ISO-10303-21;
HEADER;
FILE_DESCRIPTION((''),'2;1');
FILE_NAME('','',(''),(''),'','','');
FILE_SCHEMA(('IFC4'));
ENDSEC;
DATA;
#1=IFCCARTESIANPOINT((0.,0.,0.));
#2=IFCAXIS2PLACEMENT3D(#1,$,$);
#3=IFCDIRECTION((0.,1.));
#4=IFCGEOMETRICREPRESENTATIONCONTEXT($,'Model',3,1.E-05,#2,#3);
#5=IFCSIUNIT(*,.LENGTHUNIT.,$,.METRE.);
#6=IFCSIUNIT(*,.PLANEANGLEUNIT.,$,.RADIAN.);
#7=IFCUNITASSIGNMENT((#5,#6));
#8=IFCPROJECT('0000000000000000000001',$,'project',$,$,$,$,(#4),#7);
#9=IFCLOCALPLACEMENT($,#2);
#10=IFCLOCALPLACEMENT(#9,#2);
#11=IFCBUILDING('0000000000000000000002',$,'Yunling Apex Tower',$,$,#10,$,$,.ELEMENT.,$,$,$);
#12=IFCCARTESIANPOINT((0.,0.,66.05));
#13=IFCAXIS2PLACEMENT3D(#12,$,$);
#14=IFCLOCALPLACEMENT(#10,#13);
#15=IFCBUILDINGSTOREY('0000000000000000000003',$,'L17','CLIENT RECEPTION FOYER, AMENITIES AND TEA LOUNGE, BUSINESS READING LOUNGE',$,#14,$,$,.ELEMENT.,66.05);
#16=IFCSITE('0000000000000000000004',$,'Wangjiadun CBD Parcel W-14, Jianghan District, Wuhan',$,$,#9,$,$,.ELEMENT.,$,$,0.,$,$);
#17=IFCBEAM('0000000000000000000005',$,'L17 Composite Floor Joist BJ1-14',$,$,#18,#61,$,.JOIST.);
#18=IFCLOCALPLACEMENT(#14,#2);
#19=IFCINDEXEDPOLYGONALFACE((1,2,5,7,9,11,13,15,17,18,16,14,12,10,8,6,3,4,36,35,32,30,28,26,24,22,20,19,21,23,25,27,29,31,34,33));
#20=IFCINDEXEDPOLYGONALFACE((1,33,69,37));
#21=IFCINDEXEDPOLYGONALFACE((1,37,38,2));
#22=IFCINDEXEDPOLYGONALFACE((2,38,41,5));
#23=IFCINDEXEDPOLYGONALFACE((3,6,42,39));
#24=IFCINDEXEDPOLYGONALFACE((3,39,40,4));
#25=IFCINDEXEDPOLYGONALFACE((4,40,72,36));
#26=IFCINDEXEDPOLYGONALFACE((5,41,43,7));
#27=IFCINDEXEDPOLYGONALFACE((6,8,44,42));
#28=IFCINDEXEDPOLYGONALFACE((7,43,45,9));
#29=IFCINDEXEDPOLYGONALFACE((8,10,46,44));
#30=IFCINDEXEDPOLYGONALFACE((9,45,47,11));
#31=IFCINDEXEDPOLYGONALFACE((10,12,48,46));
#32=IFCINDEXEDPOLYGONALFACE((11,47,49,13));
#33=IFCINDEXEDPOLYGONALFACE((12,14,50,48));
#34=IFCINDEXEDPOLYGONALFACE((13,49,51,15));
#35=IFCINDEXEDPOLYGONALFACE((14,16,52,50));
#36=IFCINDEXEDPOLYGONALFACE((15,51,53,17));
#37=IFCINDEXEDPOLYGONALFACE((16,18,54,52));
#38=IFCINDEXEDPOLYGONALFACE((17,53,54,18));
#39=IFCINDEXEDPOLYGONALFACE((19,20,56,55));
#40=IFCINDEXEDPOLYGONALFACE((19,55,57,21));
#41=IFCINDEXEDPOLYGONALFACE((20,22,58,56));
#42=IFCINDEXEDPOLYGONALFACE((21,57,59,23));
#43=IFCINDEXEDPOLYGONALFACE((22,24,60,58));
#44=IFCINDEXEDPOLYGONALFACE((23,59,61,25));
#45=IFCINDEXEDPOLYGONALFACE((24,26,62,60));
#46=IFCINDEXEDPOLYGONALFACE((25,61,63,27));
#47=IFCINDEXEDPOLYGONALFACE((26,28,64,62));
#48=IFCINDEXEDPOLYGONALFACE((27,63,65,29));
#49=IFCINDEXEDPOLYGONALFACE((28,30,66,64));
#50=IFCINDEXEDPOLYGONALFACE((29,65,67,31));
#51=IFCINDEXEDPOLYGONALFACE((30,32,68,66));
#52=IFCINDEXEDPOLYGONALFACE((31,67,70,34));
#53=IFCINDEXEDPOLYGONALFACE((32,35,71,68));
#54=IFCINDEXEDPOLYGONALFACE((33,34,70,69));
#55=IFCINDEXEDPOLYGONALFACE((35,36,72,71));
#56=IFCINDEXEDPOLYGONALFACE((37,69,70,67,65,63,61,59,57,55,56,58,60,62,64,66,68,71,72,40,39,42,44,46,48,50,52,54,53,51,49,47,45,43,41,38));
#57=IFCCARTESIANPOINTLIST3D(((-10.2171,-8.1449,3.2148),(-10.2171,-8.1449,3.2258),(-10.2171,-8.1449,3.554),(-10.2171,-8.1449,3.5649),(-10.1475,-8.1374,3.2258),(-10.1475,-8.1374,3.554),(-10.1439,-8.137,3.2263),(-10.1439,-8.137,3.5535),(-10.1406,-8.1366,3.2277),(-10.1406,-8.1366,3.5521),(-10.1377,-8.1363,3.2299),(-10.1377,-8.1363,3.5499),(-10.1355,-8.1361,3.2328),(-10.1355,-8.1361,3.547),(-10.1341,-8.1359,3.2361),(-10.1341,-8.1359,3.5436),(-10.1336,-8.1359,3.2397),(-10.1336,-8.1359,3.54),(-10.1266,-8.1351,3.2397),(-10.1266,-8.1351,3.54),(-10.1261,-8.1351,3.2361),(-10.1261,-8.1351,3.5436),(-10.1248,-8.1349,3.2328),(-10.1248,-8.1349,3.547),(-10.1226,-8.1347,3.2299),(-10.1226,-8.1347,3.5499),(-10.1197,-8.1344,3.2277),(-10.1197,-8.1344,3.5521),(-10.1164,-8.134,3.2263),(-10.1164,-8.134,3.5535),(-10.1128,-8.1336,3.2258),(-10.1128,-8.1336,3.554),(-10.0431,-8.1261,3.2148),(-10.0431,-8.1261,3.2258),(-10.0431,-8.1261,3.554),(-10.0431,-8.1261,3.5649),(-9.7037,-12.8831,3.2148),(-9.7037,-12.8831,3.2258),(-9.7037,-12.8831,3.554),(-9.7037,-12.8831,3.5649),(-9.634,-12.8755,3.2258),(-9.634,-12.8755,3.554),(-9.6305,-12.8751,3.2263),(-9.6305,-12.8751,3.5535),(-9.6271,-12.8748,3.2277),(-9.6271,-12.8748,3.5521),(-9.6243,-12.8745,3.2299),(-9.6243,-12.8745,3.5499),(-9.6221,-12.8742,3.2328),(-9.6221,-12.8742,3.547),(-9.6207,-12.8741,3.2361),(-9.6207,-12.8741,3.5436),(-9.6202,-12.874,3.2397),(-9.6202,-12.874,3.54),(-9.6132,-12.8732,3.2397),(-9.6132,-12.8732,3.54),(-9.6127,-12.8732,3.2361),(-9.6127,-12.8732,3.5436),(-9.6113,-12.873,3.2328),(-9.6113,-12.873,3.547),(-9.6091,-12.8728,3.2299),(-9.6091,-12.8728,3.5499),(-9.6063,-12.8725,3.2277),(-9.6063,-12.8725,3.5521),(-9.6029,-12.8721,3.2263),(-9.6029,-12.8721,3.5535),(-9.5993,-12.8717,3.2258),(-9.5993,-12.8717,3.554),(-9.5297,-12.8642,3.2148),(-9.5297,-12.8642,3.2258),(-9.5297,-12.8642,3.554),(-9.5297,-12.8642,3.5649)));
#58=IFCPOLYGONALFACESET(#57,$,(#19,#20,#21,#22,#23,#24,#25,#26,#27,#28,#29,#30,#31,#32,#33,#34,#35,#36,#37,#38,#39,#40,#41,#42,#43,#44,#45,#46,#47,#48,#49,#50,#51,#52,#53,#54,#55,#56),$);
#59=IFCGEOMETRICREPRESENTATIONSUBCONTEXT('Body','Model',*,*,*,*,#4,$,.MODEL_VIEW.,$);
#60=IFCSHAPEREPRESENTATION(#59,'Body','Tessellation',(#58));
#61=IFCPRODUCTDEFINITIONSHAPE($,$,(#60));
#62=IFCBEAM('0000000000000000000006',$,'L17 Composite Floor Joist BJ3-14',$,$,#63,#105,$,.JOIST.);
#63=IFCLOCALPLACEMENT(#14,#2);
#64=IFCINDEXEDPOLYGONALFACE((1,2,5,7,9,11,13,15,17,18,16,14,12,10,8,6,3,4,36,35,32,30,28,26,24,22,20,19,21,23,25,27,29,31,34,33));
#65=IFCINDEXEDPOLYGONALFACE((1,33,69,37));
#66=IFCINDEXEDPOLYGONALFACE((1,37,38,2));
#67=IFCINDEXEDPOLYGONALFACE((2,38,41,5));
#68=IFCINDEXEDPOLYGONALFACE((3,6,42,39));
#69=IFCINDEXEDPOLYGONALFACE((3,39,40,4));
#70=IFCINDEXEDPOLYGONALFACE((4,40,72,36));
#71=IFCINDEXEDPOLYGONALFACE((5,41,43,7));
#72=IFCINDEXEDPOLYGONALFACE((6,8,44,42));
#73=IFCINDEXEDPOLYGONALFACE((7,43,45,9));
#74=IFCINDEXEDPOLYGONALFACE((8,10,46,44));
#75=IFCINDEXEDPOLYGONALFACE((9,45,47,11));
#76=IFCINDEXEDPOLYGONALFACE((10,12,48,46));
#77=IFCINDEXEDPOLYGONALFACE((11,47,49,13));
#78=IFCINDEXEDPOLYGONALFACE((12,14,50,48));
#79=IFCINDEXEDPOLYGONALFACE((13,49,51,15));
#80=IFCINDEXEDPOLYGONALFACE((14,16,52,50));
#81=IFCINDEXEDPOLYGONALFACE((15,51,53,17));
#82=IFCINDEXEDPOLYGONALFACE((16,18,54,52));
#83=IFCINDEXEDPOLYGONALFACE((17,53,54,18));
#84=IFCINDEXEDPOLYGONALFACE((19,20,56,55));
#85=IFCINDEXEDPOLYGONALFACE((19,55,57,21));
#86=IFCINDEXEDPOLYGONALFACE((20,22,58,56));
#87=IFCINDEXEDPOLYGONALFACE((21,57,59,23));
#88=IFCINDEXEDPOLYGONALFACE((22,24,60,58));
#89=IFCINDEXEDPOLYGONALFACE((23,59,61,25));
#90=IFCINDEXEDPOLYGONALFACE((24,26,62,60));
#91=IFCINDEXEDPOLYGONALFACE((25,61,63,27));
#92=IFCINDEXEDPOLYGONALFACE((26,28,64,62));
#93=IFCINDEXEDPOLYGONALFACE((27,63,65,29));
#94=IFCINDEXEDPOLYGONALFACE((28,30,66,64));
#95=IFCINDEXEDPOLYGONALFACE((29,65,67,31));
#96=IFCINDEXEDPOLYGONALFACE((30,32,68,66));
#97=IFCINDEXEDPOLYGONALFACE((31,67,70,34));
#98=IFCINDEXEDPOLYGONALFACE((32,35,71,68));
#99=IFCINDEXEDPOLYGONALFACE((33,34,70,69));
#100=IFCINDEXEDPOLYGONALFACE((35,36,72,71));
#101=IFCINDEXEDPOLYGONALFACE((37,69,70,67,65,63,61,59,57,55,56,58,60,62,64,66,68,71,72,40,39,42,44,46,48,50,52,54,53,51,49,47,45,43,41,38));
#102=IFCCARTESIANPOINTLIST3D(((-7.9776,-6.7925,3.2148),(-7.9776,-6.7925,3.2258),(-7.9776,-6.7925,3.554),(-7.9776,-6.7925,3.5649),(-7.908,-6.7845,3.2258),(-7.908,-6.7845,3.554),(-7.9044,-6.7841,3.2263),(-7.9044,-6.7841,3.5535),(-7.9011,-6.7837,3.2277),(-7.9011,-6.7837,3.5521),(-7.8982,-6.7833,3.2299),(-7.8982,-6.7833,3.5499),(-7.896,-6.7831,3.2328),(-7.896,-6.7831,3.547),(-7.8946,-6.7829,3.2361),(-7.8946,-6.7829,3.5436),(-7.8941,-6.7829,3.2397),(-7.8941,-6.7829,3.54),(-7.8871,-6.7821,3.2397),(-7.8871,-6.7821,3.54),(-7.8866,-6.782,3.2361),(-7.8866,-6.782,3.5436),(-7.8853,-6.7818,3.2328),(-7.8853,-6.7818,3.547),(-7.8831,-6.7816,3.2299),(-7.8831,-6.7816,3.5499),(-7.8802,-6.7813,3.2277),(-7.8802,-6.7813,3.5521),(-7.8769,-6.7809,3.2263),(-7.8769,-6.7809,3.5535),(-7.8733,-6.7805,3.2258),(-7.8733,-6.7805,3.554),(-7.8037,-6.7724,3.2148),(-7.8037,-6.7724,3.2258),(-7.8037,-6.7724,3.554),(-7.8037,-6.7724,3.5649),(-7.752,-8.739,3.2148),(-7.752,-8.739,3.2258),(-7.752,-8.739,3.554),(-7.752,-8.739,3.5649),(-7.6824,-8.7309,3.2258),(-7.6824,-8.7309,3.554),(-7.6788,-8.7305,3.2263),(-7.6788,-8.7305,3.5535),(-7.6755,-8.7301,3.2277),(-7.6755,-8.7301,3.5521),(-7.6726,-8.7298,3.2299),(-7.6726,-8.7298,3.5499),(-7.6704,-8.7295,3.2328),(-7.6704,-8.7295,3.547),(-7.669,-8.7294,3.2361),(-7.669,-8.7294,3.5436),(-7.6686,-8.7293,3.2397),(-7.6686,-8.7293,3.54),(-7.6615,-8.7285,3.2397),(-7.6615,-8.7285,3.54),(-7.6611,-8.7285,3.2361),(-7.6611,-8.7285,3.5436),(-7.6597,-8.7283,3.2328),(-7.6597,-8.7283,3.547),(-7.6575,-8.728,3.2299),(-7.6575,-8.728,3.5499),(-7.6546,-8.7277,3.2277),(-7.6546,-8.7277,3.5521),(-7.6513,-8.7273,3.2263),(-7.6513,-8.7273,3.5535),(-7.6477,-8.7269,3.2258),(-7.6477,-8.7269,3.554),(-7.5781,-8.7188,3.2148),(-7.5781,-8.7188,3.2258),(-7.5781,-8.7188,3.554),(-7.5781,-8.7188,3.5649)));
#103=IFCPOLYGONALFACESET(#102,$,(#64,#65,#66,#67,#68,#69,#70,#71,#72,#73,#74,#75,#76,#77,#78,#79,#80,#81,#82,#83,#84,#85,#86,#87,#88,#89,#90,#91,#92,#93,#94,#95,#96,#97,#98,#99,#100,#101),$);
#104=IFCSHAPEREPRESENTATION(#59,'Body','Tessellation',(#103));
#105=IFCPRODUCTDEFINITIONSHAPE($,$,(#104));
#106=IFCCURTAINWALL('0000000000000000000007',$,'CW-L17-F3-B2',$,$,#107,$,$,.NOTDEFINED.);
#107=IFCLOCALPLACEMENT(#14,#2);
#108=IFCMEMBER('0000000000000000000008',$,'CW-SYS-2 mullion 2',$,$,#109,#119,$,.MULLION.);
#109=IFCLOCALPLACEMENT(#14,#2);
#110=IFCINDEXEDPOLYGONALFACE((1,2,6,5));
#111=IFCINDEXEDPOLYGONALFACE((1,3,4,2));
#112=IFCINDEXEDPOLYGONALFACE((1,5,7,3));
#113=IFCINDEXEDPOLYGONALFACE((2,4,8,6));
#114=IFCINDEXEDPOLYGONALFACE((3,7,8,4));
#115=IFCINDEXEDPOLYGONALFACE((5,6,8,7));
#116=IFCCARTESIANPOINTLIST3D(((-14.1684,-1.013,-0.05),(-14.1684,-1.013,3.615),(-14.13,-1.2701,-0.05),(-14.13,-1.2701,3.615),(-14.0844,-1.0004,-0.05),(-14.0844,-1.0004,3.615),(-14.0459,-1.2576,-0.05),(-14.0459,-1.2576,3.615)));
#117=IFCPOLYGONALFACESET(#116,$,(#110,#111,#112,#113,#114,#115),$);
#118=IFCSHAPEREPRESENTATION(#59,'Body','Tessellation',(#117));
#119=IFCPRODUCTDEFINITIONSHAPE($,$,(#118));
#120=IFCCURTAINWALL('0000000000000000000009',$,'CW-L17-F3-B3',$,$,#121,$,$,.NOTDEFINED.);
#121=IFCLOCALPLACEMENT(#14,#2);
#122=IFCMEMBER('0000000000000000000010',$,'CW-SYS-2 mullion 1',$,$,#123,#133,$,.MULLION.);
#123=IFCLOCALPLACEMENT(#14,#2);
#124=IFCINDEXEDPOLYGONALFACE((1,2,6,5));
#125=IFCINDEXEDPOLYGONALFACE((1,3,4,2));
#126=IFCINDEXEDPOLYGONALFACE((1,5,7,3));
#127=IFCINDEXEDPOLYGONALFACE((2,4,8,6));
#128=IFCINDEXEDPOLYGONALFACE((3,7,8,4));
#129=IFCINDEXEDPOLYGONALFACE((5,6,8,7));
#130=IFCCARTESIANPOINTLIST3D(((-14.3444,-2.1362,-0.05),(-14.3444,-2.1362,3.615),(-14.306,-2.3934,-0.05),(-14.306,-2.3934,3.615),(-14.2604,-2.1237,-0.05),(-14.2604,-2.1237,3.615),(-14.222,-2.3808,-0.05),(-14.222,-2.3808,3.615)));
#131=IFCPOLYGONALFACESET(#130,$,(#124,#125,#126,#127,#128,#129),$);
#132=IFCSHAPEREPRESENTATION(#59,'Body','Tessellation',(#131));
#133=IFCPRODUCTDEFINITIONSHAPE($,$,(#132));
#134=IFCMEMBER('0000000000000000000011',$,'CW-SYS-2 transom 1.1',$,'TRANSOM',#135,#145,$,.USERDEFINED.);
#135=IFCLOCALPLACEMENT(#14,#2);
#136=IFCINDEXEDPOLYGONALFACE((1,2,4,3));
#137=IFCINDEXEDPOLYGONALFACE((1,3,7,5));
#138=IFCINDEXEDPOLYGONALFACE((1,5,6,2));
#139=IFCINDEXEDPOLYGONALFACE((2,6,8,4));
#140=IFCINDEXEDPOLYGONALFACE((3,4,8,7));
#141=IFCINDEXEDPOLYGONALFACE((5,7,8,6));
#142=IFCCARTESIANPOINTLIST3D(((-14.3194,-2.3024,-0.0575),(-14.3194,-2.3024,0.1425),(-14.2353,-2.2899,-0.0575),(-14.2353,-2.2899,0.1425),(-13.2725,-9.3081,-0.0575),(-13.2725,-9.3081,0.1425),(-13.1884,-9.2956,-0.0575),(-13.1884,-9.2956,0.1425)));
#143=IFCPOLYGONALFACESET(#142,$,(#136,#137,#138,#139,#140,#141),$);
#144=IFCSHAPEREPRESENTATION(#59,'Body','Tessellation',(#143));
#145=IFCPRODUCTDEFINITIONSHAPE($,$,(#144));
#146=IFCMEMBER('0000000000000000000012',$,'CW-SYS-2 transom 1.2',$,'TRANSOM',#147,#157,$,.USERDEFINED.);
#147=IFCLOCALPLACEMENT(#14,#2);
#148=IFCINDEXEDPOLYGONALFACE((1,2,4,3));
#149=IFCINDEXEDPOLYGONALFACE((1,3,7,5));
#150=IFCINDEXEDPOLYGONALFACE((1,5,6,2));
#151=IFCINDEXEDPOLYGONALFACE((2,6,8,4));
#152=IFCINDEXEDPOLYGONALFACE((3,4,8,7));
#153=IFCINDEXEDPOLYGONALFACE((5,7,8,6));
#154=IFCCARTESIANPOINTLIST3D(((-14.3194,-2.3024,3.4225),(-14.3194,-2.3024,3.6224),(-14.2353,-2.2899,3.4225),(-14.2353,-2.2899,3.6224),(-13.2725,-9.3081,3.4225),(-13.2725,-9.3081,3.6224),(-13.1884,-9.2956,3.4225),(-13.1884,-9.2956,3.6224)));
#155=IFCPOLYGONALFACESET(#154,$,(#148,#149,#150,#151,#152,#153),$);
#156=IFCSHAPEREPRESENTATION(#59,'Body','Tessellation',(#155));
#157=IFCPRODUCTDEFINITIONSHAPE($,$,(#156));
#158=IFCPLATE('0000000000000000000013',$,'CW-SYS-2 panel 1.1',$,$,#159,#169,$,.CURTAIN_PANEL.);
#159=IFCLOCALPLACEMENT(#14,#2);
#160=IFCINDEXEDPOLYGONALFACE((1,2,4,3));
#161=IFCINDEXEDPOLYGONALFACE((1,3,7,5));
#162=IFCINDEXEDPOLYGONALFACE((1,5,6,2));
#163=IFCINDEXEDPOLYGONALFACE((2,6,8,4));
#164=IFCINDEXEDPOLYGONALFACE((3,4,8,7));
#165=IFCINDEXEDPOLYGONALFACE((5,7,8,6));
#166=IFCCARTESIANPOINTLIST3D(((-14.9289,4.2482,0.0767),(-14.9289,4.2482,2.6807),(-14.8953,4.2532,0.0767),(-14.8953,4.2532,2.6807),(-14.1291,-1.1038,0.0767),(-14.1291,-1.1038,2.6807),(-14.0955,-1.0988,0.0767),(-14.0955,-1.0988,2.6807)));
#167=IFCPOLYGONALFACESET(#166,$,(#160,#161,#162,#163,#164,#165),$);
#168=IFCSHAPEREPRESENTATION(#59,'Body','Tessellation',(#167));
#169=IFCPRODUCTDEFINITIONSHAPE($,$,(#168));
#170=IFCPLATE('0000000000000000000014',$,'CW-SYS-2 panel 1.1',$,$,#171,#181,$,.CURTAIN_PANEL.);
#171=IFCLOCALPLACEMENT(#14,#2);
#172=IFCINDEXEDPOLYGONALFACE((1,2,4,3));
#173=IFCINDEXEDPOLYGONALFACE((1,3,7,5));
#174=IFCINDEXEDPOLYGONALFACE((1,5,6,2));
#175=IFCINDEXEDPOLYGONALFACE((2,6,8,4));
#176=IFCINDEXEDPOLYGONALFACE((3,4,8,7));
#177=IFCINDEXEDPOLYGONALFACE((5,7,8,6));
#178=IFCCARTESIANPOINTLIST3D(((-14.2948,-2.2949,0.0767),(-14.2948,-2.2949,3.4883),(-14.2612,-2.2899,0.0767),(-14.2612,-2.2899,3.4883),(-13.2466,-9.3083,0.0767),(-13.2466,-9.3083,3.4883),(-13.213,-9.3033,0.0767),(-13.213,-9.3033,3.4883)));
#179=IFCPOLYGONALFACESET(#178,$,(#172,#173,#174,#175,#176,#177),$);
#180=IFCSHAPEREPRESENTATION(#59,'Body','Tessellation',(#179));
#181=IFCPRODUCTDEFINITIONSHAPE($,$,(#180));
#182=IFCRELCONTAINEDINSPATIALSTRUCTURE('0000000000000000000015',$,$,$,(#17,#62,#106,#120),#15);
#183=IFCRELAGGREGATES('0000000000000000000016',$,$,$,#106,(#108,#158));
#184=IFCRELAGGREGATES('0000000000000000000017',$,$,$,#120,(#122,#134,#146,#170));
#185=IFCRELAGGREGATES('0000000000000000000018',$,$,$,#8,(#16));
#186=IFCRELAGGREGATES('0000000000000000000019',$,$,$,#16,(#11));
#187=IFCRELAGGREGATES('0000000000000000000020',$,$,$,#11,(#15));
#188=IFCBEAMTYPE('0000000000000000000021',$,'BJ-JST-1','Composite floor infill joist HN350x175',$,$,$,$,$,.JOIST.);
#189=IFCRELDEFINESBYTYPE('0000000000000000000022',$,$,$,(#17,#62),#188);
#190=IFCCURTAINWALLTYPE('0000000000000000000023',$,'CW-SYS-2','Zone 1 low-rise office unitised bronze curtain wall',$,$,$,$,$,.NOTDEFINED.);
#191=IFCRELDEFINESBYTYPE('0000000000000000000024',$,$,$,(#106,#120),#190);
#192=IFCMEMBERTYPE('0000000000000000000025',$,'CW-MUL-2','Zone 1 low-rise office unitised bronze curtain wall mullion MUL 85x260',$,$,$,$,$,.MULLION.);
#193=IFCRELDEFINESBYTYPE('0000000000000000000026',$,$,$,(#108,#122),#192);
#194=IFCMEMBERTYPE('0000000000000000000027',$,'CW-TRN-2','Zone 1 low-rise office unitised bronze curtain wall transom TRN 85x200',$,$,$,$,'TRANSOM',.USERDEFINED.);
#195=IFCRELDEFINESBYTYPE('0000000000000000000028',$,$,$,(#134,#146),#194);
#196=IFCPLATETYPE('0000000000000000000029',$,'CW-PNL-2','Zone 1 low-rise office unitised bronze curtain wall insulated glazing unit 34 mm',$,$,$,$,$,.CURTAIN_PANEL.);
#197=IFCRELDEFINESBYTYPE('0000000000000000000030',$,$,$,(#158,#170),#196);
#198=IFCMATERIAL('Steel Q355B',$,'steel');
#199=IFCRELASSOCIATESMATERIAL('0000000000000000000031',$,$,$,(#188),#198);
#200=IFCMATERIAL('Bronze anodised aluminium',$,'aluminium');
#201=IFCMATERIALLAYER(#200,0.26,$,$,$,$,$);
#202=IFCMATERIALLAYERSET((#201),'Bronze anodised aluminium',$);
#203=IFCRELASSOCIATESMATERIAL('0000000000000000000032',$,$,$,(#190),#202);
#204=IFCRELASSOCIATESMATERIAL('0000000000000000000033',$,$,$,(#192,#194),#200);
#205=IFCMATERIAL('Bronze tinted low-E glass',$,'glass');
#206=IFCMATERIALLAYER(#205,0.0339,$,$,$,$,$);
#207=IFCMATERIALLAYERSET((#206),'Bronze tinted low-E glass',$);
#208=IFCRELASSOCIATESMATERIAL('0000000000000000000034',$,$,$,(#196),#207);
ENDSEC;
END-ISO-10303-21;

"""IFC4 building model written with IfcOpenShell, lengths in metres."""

from ifc_helpers import new_model, si_unit, direction, frame, origin, origin_2d, place, context, subcontext, project, spatial, rectangle, i_section, extrude, source, transform, mapped, material, layer, layer_set, material_profile, profile_set, type_object, element, aggregate, save


model = new_model("IFC4")

# Units and contexts
model_context = context("Model", 3, precision=1e-05, world=origin(), true_north=direction((0.0, 1.0)))
body_context = subcontext(model_context, "Body", "Model", "MODEL_VIEW")
ifc_project = project(units=[si_unit("LENGTHUNIT", "METRE"), si_unit("PLANEANGLEUNIT", "RADIAN")], contexts=[model_context])

# Site, building, storey
site_placement = place(None, origin())
site = spatial("IfcSite", under=ifc_project, at=site_placement, Name="Wangjiadun CBD Parcel W-14, Jianghan District, Wuhan", CompositionType="ELEMENT", RefElevation=0.0)
building_placement = place(site_placement, origin())
building = spatial("IfcBuilding", under=site, at=building_placement, Name="Yunling Apex Tower", CompositionType="ELEMENT")
storey_placement = place(building_placement, frame((0.0, 0.0, 66.05)))
storey = spatial("IfcBuildingStorey", under=building, at=storey_placement, Name="L17", Description="CLIENT RECEPTION FOYER, AMENITIES AND TEA LOUNGE, BUSINESS READING LOUNGE", CompositionType="ELEMENT", Elevation=66.05)

# Beams
ifc_material_1 = material(Name="Steel Q355B", Category="steel")
ifc_material_profile_1 = material_profile(ifc_material_1, i_section(OverallWidth=0.175, OverallDepth=0.3501, WebThickness=0.0071, FlangeThickness=0.011, FilletRadius=0.0139, at=origin_2d()))
ifc_profile_set_1 = profile_set([ifc_material_profile_1], Name="Steel Q355B")
beam_type_1 = type_object("IfcBeamType", Name="BJ-JST-1", Description="Composite floor infill joist HN350x175", PredefinedType="JOIST", material=ifc_profile_set_1)
shared_shape_1 = source(origin(), body_context, "Body", "SweptSolid", [
    extrude(i_section(OverallWidth=0.175, OverallDepth=0.3501, WebThickness=0.0071, FlangeThickness=0.011, FilletRadius=0.0139, at=origin_2d()), origin(), (0.0, 0.0, 1.0), 4.7659),
])
beam_1_placement = place(storey_placement, frame((-10.1301, -8.1355, 3.3899), z_axis=(0.107732, -0.99418, 0.0), x_axis=(0.99418, 0.107732, 0.0)))
element("IfcBeam", 1, at=beam_1_placement, inside=storey, type_object=beam_type_1, Name="L17 Composite Floor Joist BJ1-14", PredefinedType="JOIST", context=body_context, shape_type="MappedRepresentation", body=[
    mapped(shared_shape_1, transform((0.0, 0.0, 0.0), scale=1.0)),
])
shared_shape_2 = source(origin(), body_context, "Body", "SweptSolid", [
    extrude(i_section(OverallWidth=0.175, OverallDepth=0.3501, WebThickness=0.0071, FlangeThickness=0.011, FilletRadius=0.0139, at=origin_2d()), origin(), (0.0, 0.0, 1.0), 1.9595),
])
beam_2_placement = place(storey_placement, frame((-7.8906, -6.7825, 3.3899), z_axis=(0.115121, -0.993352, 0.0), x_axis=(0.993352, 0.115121, 0.0)))
element("IfcBeam", 2, at=beam_2_placement, inside=storey, type_object=beam_type_1, Name="L17 Composite Floor Joist BJ3-14", PredefinedType="JOIST", context=body_context, shape_type="MappedRepresentation", body=[
    mapped(shared_shape_2, transform((0.0, 0.0, 0.0), scale=1.0)),
])

# Curtain wall, member
ifc_material_2 = material(Name="Bronze anodised aluminium", Category="aluminium")
ifc_layer_1 = layer(ifc_material_2, 0.26)
ifc_layer_set_1 = layer_set([ifc_layer_1], Name="Bronze anodised aluminium")
curtain_wall_type = type_object("IfcCurtainWallType", Name="CW-SYS-2", Description="Zone 1 low-rise office unitised bronze curtain wall", PredefinedType="NOTDEFINED", material=ifc_layer_set_1)
curtain_wall_1_placement = place(storey_placement, origin())
curtain_wall_1 = element("IfcCurtainWall", 3, at=curtain_wall_1_placement, inside=storey, type_object=curtain_wall_type, Name="CW-L17-F3-B2", PredefinedType="NOTDEFINED")
ifc_material_profile_2 = material_profile(ifc_material_2, rectangle(XDim=0.085, YDim=0.26, at=origin_2d()))
ifc_profile_set_2 = profile_set([ifc_material_profile_2], Name="Bronze anodised aluminium")
member_type_1 = type_object("IfcMemberType", Name="CW-MUL-2", Description="Zone 1 low-rise office unitised bronze curtain wall mullion MUL 85x260", PredefinedType="MULLION", material=ifc_profile_set_2)
shared_shape_3 = source(origin(), body_context, "Body", "SweptSolid", [
    extrude(rectangle(XDim=0.085, YDim=0.26, at=origin_2d()), origin(), (0.0, 0.0, 1.0), 3.665),
])
member_1_placement = place(storey_placement, frame((-14.1072, -1.1353, -0.05), z_axis=(0.0, 0.0, 1.0), x_axis=(0.989017, 0.147801, 0.0)))
member_1 = element("IfcMember", 4, at=member_1_placement, type_object=member_type_1, Name="CW-SYS-2 mullion 2", PredefinedType="MULLION", context=body_context, shape_type="MappedRepresentation", body=[
    mapped(shared_shape_3, transform((0.0, 0.0, 0.0), scale=1.0)),
])

# Curtain wall, members
curtain_wall_2_placement = place(storey_placement, origin())
curtain_wall_2 = element("IfcCurtainWall", 5, at=curtain_wall_2_placement, inside=storey, type_object=curtain_wall_type, Name="CW-L17-F3-B3", PredefinedType="NOTDEFINED")
member_2_placement = place(storey_placement, frame((-14.2832, -2.2585, -0.05), z_axis=(0.0, 0.0, 1.0), x_axis=(0.989015, 0.147815, 0.0)))
member_2 = element("IfcMember", 6, at=member_2_placement, type_object=member_type_1, Name="CW-SYS-2 mullion 1", PredefinedType="MULLION", context=body_context, shape_type="MappedRepresentation", body=[
    mapped(shared_shape_3, transform((0.0, 0.0, 0.0), scale=1.0)),
])
ifc_material_profile_3 = material_profile(ifc_material_2, rectangle(XDim=0.085, YDim=0.2, at=origin_2d()))
ifc_profile_set_3 = profile_set([ifc_material_profile_3], Name="Bronze anodised aluminium")
member_type_2 = type_object("IfcMemberType", Name="CW-TRN-2", Description="Zone 1 low-rise office unitised bronze curtain wall transom TRN 85x200", ElementType="TRANSOM", PredefinedType="USERDEFINED", material=ifc_profile_set_3)
shared_shape_4 = source(origin(), body_context, "Body", "SweptSolid", [
    extrude(rectangle(XDim=0.085, YDim=0.2, at=origin_2d()), origin(), (0.0, 0.0, 1.0), 7.0835),
])
member_3_placement = place(storey_placement, frame((-14.2773, -2.2961, 0.0425), z_axis=(0.147793, -0.989018, 0.0), x_axis=(0.989018, 0.147793, 0.0)))
member_3 = element("IfcMember", 7, at=member_3_placement, type_object=member_type_2, Name="CW-SYS-2 transom 1.1", ObjectType="TRANSOM", PredefinedType="USERDEFINED", context=body_context, shape_type="MappedRepresentation", body=[
    mapped(shared_shape_4, transform((0.0, 0.0, 0.0), scale=1.0)),
])
member_4_placement = place(storey_placement, frame((-14.2773, -2.2961, 3.5225), z_axis=(0.147793, -0.989018, 0.0), x_axis=(0.989018, 0.147793, 0.0)))
member_4 = element("IfcMember", 8, at=member_4_placement, type_object=member_type_2, Name="CW-SYS-2 transom 1.2", ObjectType="TRANSOM", PredefinedType="USERDEFINED", context=body_context, shape_type="MappedRepresentation", body=[
    mapped(shared_shape_4, transform((0.0, 0.0, 0.0), scale=1.0)),
])

# Plates
ifc_material_3 = material(Name="Bronze tinted low-E glass", Category="glass")
ifc_layer_2 = layer(ifc_material_3, 0.0339)
ifc_layer_set_2 = layer_set([ifc_layer_2], Name="Bronze tinted low-E glass")
plate_type = type_object("IfcPlateType", Name="CW-PNL-2", Description="Zone 1 low-rise office unitised bronze curtain wall insulated glazing unit 34 mm", PredefinedType="CURTAIN_PANEL", material=ifc_layer_set_2)
shared_shape_5 = source(origin(), body_context, "Body", "SweptSolid", [
    extrude(rectangle(XDim=5.4114, YDim=0.0339, at=origin_2d()), origin(), (0.0, 0.0, 1.0), 2.604),
])
plate_1_placement = place(storey_placement, frame((-14.5122, 1.5747, 0.0767), z_axis=(0.0, 0.0, 1.0), x_axis=(0.147801, -0.989017, 0.0)))
plate_1 = element("IfcPlate", 9, at=plate_1_placement, type_object=plate_type, Name="CW-SYS-2 panel 1.1", PredefinedType="CURTAIN_PANEL", context=body_context, shape_type="MappedRepresentation", body=[
    mapped(shared_shape_5, transform((0.0, 0.0, 0.0), scale=1.0)),
])
aggregate(curtain_wall_1, [member_1, plate_1])
shared_shape_6 = source(origin(), body_context, "Body", "SweptSolid", [
    extrude(rectangle(XDim=7.0913, YDim=0.0339, at=origin_2d()), origin(), (0.0, 0.0, 1.0), 3.4116),
])
plate_2_placement = place(storey_placement, frame((-13.7539, -5.7991, 0.0767), z_axis=(0.0, 0.0, 1.0), x_axis=(0.147815, -0.989015, 0.0)))
plate_2 = element("IfcPlate", 10, at=plate_2_placement, type_object=plate_type, Name="CW-SYS-2 panel 1.1", PredefinedType="CURTAIN_PANEL", context=body_context, shape_type="MappedRepresentation", body=[
    mapped(shared_shape_6, transform((0.0, 0.0, 0.0), scale=1.0)),
])
aggregate(curtain_wall_2, [member_2, member_3, member_4, plate_2])

save(model, "model.ifc")
